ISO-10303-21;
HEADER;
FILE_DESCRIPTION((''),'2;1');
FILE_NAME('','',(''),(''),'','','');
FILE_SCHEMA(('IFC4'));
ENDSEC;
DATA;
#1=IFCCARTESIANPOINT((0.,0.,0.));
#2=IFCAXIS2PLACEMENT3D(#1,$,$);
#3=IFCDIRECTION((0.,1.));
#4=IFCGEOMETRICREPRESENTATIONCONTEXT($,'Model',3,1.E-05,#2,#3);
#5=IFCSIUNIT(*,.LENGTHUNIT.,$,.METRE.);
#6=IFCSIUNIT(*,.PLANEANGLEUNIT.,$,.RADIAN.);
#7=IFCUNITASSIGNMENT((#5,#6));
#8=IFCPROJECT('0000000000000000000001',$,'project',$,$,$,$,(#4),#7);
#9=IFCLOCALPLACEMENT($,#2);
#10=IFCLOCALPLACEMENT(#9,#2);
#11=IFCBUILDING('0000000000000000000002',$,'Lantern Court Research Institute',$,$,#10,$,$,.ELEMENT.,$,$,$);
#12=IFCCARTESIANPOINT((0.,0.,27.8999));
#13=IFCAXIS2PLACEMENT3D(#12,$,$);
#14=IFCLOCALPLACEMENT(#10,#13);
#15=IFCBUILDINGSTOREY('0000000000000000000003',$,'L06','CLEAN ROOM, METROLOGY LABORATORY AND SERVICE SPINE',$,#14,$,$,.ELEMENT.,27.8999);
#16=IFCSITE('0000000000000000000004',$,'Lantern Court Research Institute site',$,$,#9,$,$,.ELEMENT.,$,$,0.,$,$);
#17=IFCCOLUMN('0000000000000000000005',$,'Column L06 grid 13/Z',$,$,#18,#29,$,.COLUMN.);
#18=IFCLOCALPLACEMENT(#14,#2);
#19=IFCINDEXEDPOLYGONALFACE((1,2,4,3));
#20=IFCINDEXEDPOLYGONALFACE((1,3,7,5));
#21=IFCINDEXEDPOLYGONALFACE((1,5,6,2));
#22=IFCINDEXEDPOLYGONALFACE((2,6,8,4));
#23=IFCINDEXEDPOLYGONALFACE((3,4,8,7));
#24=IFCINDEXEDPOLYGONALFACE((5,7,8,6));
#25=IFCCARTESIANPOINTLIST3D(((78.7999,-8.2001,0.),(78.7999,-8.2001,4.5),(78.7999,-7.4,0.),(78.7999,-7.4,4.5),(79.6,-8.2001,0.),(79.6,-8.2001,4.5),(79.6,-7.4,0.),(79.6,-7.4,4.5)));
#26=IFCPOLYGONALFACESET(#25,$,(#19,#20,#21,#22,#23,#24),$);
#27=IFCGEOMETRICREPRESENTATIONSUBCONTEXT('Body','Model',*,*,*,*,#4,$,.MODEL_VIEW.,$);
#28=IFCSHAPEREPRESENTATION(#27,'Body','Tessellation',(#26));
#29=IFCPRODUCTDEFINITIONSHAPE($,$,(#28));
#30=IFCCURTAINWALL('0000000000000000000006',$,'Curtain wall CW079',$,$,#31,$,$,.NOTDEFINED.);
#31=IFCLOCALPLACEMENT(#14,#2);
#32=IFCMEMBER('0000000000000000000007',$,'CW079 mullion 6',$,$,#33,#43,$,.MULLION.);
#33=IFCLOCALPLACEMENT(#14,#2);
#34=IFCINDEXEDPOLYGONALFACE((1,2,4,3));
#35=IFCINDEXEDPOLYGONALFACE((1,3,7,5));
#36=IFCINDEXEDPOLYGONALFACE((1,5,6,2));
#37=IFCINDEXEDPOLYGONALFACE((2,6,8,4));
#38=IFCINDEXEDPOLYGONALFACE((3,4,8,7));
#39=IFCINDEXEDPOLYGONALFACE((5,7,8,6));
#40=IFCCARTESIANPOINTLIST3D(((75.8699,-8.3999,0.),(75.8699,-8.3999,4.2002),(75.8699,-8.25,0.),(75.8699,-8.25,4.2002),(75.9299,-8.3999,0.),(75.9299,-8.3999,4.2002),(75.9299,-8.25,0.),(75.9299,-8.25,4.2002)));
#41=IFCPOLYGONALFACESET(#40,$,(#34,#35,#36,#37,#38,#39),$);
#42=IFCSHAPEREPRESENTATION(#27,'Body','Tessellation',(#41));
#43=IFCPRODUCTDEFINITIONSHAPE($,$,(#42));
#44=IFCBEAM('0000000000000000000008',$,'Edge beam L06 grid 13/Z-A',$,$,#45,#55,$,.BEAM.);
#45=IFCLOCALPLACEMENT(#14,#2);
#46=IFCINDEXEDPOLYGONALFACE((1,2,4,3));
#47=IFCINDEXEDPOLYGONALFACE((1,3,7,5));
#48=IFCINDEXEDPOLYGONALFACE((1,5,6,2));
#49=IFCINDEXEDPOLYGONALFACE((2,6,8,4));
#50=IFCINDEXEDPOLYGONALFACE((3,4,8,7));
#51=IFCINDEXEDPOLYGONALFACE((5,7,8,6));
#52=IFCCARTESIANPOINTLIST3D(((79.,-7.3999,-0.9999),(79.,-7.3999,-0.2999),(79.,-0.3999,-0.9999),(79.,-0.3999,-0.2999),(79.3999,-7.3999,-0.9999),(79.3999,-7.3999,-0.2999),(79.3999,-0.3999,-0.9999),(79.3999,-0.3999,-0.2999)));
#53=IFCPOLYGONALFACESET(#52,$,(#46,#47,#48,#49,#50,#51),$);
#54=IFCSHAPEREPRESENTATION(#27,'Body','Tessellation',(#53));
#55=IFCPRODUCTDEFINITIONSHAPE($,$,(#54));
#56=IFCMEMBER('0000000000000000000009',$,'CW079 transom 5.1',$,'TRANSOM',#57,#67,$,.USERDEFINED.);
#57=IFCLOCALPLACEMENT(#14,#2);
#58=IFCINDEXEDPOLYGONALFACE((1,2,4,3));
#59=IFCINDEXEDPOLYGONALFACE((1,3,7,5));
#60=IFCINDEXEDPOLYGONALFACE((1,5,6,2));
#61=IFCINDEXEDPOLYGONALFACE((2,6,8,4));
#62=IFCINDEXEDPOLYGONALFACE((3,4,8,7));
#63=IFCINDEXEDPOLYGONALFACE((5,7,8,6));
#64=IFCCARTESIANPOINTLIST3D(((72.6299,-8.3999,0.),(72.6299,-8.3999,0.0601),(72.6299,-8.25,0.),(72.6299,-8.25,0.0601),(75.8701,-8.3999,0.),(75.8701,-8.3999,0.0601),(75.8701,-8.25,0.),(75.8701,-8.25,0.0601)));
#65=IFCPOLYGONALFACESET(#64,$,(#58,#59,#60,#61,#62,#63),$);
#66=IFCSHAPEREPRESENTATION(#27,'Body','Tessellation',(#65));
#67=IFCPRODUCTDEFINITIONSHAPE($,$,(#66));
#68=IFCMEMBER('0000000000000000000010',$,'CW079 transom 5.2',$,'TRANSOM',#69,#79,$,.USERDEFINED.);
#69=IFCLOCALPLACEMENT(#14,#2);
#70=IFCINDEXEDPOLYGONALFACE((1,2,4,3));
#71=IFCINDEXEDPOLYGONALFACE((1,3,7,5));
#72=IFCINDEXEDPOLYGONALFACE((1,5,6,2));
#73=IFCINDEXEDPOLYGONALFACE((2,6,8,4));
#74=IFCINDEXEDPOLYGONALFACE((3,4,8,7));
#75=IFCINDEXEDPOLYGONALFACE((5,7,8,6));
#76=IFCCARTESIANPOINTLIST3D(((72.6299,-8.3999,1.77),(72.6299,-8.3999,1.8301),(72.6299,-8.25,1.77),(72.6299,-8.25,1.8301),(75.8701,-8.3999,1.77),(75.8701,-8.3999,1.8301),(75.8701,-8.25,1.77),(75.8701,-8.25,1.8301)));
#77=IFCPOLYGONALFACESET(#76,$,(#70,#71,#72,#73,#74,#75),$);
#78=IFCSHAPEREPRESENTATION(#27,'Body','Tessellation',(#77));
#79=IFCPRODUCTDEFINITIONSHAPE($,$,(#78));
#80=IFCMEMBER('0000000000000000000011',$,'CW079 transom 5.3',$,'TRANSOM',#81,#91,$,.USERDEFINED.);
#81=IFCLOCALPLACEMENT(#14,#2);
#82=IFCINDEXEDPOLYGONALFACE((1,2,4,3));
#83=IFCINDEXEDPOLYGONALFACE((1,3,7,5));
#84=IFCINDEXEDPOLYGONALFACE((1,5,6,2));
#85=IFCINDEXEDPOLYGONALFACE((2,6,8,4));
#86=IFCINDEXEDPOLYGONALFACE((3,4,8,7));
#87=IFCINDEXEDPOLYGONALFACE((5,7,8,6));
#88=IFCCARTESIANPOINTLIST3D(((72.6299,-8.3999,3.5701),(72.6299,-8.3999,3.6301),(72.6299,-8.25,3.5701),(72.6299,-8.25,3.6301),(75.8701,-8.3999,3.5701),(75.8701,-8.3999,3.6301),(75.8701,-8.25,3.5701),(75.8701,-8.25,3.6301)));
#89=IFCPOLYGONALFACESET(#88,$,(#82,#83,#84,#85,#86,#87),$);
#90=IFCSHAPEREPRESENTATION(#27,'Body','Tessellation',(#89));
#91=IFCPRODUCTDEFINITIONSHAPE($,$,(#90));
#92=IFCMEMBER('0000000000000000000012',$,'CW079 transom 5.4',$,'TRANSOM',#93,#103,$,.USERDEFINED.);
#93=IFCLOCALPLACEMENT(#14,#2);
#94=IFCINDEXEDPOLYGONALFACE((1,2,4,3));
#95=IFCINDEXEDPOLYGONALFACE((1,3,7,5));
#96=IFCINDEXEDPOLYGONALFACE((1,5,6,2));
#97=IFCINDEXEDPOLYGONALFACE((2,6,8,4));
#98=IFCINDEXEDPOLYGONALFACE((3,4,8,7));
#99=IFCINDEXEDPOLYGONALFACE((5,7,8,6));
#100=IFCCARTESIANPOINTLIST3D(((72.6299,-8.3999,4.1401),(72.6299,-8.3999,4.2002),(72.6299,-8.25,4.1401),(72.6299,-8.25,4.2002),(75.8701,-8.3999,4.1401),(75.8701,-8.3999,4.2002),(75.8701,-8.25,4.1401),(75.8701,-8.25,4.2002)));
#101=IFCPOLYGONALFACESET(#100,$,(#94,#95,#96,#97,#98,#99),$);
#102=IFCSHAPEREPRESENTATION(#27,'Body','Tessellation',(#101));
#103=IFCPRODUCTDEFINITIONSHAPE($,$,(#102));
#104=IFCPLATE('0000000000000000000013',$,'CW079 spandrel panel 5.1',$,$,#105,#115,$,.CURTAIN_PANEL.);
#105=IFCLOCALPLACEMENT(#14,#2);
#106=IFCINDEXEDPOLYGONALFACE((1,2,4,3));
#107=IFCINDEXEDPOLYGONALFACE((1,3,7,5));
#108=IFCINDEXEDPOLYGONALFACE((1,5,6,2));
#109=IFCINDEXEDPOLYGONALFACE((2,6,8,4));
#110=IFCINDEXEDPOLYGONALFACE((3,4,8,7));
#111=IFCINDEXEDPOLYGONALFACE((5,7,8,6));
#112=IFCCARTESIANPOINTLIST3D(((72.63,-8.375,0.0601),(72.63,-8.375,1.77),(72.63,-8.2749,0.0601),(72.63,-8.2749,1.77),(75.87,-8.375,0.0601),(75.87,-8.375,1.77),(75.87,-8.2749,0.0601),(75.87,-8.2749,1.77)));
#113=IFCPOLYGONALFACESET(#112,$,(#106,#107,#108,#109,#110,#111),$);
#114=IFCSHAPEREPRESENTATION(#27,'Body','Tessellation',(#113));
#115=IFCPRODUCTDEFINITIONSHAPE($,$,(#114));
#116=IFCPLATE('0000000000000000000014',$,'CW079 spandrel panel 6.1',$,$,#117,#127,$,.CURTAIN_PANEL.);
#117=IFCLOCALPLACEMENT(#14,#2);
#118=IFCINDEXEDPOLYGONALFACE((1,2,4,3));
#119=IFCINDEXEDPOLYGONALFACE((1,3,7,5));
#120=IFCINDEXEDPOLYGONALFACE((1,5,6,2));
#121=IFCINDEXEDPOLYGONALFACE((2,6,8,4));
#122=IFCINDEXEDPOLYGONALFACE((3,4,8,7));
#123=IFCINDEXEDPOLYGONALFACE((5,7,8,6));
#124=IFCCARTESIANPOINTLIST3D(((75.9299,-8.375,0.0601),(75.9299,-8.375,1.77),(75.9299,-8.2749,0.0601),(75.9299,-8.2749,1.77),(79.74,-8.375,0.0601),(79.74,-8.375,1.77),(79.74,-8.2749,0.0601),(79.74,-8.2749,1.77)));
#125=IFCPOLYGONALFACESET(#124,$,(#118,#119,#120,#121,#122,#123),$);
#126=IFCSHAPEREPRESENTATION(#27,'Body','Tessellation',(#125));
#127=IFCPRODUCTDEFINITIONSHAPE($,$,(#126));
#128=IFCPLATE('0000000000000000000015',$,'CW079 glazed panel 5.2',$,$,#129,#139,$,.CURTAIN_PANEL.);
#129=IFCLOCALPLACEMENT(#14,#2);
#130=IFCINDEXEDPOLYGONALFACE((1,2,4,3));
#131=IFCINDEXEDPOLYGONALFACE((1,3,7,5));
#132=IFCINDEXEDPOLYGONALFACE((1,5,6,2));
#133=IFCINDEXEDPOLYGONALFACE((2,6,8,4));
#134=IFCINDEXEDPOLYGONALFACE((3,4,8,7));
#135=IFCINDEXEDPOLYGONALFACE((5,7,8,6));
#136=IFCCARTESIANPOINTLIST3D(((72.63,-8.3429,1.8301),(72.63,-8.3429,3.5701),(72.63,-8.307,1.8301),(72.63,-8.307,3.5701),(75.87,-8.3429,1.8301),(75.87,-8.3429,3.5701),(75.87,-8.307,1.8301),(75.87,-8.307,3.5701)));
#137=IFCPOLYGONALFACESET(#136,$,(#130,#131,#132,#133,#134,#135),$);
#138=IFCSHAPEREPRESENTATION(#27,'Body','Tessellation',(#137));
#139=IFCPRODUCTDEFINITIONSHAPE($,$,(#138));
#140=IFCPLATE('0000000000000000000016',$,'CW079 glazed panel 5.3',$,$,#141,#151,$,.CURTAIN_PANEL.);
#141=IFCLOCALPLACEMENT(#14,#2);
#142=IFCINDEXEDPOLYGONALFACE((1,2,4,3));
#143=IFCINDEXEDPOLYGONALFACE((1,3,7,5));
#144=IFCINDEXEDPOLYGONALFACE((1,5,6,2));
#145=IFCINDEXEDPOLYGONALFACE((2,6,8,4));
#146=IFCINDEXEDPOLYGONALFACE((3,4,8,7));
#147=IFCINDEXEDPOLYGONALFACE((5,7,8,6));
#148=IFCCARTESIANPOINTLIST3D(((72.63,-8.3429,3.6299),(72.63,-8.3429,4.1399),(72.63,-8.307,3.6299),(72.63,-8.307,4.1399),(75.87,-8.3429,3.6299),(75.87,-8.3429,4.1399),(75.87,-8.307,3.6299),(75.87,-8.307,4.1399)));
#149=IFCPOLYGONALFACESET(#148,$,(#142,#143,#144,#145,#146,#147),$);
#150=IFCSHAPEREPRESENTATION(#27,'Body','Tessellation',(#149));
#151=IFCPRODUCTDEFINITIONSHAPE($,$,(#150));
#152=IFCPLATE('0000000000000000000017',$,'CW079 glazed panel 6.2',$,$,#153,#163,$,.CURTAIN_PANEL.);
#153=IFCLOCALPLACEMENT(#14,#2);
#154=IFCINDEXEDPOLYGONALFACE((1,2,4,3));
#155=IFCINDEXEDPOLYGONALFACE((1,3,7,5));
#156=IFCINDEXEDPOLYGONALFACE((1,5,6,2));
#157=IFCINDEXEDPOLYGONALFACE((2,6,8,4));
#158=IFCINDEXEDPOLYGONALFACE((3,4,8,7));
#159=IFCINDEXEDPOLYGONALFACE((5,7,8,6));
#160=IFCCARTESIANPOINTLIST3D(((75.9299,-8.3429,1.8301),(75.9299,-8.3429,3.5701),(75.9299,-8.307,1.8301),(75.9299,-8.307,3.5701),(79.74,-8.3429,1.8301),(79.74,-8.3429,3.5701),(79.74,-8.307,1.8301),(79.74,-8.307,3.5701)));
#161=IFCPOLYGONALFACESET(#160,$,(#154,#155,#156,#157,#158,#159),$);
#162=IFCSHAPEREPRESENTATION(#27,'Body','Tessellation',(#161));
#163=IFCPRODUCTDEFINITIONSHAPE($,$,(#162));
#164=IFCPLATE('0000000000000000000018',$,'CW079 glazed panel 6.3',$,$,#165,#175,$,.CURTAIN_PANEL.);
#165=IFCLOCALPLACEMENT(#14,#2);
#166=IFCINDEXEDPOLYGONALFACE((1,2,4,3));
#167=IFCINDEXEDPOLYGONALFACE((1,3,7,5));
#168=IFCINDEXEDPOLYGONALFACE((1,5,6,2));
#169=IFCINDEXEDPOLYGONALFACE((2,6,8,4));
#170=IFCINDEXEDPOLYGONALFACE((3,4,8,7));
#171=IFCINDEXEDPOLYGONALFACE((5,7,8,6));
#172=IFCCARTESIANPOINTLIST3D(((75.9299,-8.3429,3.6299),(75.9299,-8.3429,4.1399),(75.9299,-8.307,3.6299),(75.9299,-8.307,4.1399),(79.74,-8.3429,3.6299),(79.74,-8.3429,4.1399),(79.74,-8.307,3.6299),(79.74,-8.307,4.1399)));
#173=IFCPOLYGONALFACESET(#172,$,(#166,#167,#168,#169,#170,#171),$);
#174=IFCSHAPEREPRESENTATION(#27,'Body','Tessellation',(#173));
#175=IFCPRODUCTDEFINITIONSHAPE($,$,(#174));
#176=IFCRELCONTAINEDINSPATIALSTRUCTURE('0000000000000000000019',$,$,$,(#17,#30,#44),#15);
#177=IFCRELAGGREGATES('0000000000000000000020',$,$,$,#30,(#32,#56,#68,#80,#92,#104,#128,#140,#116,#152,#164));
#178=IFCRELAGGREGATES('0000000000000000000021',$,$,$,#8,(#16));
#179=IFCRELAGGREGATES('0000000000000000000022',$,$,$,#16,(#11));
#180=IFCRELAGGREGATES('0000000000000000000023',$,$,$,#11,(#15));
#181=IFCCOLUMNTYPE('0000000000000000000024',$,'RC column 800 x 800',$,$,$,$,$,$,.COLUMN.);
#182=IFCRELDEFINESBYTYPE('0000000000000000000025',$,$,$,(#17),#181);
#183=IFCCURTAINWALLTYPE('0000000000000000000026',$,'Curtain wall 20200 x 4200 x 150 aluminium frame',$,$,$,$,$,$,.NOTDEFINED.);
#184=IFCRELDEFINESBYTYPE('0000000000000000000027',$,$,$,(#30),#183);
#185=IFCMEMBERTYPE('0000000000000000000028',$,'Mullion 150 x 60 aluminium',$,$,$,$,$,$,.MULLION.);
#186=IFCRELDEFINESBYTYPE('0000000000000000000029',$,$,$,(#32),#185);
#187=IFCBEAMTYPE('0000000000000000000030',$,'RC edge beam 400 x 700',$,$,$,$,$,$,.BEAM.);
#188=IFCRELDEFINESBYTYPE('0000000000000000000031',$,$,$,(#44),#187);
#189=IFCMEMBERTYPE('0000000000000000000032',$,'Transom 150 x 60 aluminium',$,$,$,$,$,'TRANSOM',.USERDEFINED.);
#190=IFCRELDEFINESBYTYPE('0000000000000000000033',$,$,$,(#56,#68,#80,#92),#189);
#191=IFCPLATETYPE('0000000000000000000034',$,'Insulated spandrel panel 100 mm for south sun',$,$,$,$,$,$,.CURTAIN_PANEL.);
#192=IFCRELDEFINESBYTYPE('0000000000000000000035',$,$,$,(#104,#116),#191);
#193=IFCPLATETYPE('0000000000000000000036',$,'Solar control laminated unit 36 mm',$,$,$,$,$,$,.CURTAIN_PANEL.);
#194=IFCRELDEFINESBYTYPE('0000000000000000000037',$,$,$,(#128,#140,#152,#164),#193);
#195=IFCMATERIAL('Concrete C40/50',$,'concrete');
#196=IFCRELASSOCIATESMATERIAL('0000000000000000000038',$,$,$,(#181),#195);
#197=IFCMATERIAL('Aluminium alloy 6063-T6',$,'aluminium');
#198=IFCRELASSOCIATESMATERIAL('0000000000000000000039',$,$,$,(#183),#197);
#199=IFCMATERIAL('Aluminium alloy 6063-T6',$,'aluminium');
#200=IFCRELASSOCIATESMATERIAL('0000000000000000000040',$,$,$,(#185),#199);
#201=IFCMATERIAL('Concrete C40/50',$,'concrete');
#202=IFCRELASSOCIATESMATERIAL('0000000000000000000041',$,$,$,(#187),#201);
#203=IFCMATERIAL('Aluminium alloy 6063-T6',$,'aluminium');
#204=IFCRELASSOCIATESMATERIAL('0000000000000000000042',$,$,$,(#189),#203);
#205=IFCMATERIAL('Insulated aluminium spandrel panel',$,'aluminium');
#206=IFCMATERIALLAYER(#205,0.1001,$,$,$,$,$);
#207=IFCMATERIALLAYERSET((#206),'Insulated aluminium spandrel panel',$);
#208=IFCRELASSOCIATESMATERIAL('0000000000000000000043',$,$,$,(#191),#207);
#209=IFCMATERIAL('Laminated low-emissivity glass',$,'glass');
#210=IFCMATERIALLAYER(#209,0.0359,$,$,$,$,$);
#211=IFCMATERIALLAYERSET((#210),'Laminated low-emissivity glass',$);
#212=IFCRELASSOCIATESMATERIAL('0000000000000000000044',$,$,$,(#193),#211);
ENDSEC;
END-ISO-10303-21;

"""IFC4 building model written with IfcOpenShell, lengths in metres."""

from ifc_helpers import new_model, si_unit, direction, frame, origin, origin_2d, place, context, subcontext, project, spatial, rectangle, extrude, material, layer, layer_set, material_profile, profile_set, type_object, element, aggregate, save


model = new_model("IFC4")

# Units and contexts
model_context = context("Model", 3, precision=1e-05, world=origin(), true_north=direction((0.0, 1.0)))
body_context = subcontext(model_context, "Body", "Model", "MODEL_VIEW")
ifc_project = project(units=[si_unit("LENGTHUNIT", "METRE"), si_unit("PLANEANGLEUNIT", "RADIAN")], contexts=[model_context])

# Site, building, storey
site_placement = place(None, origin())
site = spatial("IfcSite", under=ifc_project, at=site_placement, Name="Lantern Court Research Institute site", CompositionType="ELEMENT", RefElevation=0.0)
building_placement = place(site_placement, origin())
building = spatial("IfcBuilding", under=site, at=building_placement, Name="Lantern Court Research Institute", CompositionType="ELEMENT")
storey_placement = place(building_placement, frame((0.0, 0.0, 27.8999)))
storey = spatial("IfcBuildingStorey", under=building, at=storey_placement, Name="L06", Description="CLEAN ROOM, METROLOGY LABORATORY AND SERVICE SPINE", CompositionType="ELEMENT", Elevation=27.8999)

# Column
ifc_material_1 = material(Name="Concrete C40/50", Category="concrete")
ifc_material_profile_1 = material_profile(ifc_material_1, rectangle(XDim=0.8, YDim=0.8, at=origin_2d()), Name="RC column 800 x 800")
ifc_profile_set_1 = profile_set([ifc_material_profile_1], Name="Concrete C40/50")
column_type = type_object("IfcColumnType", Name="RC column 800 x 800", PredefinedType="COLUMN", material=ifc_profile_set_1)
column_placement = place(storey_placement, frame((79.2, -7.8, 0.0), z_axis=(0.0, 0.0, 1.0), x_axis=(1.0, 0.0, 0.0)))
element("IfcColumn", 1, at=column_placement, inside=storey, type_object=column_type, Name="Column L06 grid 13/Z", PredefinedType="COLUMN", context=body_context, shape_type="SweptSolid", body=[
    extrude(rectangle(XDim=0.8, YDim=0.8, at=origin_2d()), origin(), (0.0, 0.0, 1.0), 4.5),
])

# Curtain wall, member
ifc_material_2 = material(Name="Aluminium alloy 6063-T6", Category="aluminium")
curtain_wall_type = type_object("IfcCurtainWallType", Name="Curtain wall 20200 x 4200 x 150 aluminium frame", PredefinedType="NOTDEFINED", material=ifc_material_2)
curtain_wall_placement = place(storey_placement, origin())
curtain_wall = element("IfcCurtainWall", 2, at=curtain_wall_placement, inside=storey, type_object=curtain_wall_type, Name="Curtain wall CW079", PredefinedType="NOTDEFINED")
ifc_material_3 = material(Name="Aluminium alloy 6063-T6", Category="aluminium")
ifc_material_profile_2 = material_profile(ifc_material_3, rectangle(XDim=0.1499, YDim=0.0601, at=origin_2d()), Name="Mullion 150 x 60")
ifc_profile_set_2 = profile_set([ifc_material_profile_2], Name="Aluminium alloy 6063-T6")
member_type_1 = type_object("IfcMemberType", Name="Mullion 150 x 60 aluminium", PredefinedType="MULLION", material=ifc_profile_set_2)
member_1_placement = place(storey_placement, frame((75.8999, -8.325, 0.0), z_axis=(0.0, 0.0, 1.0), x_axis=(0.0, -1.0, 0.0)))
member_1 = element("IfcMember", 3, at=member_1_placement, type_object=member_type_1, Name="CW079 mullion 6", PredefinedType="MULLION", context=body_context, shape_type="SweptSolid", body=[
    extrude(rectangle(XDim=0.1499, YDim=0.0601, at=origin_2d()), origin(), (0.0, 0.0, 1.0), 4.2002),
])

# Beam
ifc_material_4 = material(Name="Concrete C40/50", Category="concrete")
ifc_material_profile_3 = material_profile(ifc_material_4, rectangle(XDim=0.3999, YDim=0.7, at=origin_2d()), Name="RC beam 400 x 700")
ifc_profile_set_3 = profile_set([ifc_material_profile_3], Name="Concrete C40/50")
beam_type = type_object("IfcBeamType", Name="RC edge beam 400 x 700", PredefinedType="BEAM", material=ifc_profile_set_3)
beam_placement = place(storey_placement, frame((79.2, -7.3999, -0.6499), z_axis=(0.0, 1.0, 0.0), x_axis=(-1.0, 0.0, 0.0)))
element("IfcBeam", 4, at=beam_placement, inside=storey, type_object=beam_type, Name="Edge beam L06 grid 13/Z-A", PredefinedType="BEAM", context=body_context, shape_type="SweptSolid", body=[
    extrude(rectangle(XDim=0.3999, YDim=0.7, at=origin_2d()), origin(), (0.0, 0.0, 1.0), 7.0),
])

# Members
ifc_material_5 = material(Name="Aluminium alloy 6063-T6", Category="aluminium")
ifc_material_profile_4 = material_profile(ifc_material_5, rectangle(XDim=0.1499, YDim=0.0601, at=origin_2d()), Name="Transom 150 x 60")
ifc_profile_set_4 = profile_set([ifc_material_profile_4], Name="Aluminium alloy 6063-T6")
member_type_2 = type_object("IfcMemberType", Name="Transom 150 x 60 aluminium", ElementType="TRANSOM", PredefinedType="USERDEFINED", material=ifc_profile_set_4)
member_2_placement = place(storey_placement, frame((75.8701, -8.325, 0.03), z_axis=(-1.0, 0.0, 0.0), x_axis=(0.0, -1.0, 0.0)))
member_2 = element("IfcMember", 5, at=member_2_placement, type_object=member_type_2, Name="CW079 transom 5.1", ObjectType="TRANSOM", PredefinedType="USERDEFINED", context=body_context, shape_type="SweptSolid", body=[
    extrude(rectangle(XDim=0.1499, YDim=0.0601, at=origin_2d()), origin(), (0.0, 0.0, 1.0), 3.2402),
])
member_3_placement = place(storey_placement, frame((75.8701, -8.325, 1.8), z_axis=(-1.0, 0.0, 0.0), x_axis=(0.0, -1.0, 0.0)))
member_3 = element("IfcMember", 6, at=member_3_placement, type_object=member_type_2, Name="CW079 transom 5.2", ObjectType="TRANSOM", PredefinedType="USERDEFINED", context=body_context, shape_type="SweptSolid", body=[
    extrude(rectangle(XDim=0.1499, YDim=0.0601, at=origin_2d()), origin(), (0.0, 0.0, 1.0), 3.2402),
])
member_4_placement = place(storey_placement, frame((75.8701, -8.325, 3.6001), z_axis=(-1.0, 0.0, 0.0), x_axis=(0.0, -1.0, 0.0)))
member_4 = element("IfcMember", 7, at=member_4_placement, type_object=member_type_2, Name="CW079 transom 5.3", ObjectType="TRANSOM", PredefinedType="USERDEFINED", context=body_context, shape_type="SweptSolid", body=[
    extrude(rectangle(XDim=0.1499, YDim=0.0601, at=origin_2d()), origin(), (0.0, 0.0, 1.0), 3.2402),
])
member_5_placement = place(storey_placement, frame((75.8701, -8.325, 4.1702), z_axis=(-1.0, 0.0, 0.0), x_axis=(0.0, -1.0, 0.0)))
member_5 = element("IfcMember", 8, at=member_5_placement, type_object=member_type_2, Name="CW079 transom 5.4", ObjectType="TRANSOM", PredefinedType="USERDEFINED", context=body_context, shape_type="SweptSolid", body=[
    extrude(rectangle(XDim=0.1499, YDim=0.0601, at=origin_2d()), origin(), (0.0, 0.0, 1.0), 3.2402),
])

# Plates
ifc_material_6 = material(Name="Insulated aluminium spandrel panel", Category="aluminium")
ifc_layer_1 = layer(ifc_material_6, 0.1001)
ifc_layer_set_1 = layer_set([ifc_layer_1], Name="Insulated aluminium spandrel panel")
plate_type_1 = type_object("IfcPlateType", Name="Insulated spandrel panel 100 mm for south sun", PredefinedType="CURTAIN_PANEL", material=ifc_layer_set_1)
plate_1_placement = place(storey_placement, frame((74.25, -8.325, 0.0601), z_axis=(0.0, 0.0, 1.0), x_axis=(-1.0, 0.0, 0.0)))
plate_1 = element("IfcPlate", 9, at=plate_1_placement, type_object=plate_type_1, Name="CW079 spandrel panel 5.1", PredefinedType="CURTAIN_PANEL", context=body_context, shape_type="SweptSolid", body=[
    extrude(rectangle(XDim=3.24, YDim=0.1001, at=origin_2d()), origin(), (0.0, 0.0, 1.0), 1.71),
])
plate_2_placement = place(storey_placement, frame((77.835, -8.325, 0.0601), z_axis=(0.0, 0.0, 1.0), x_axis=(-1.0, 0.0, 0.0)))
plate_2 = element("IfcPlate", 10, at=plate_2_placement, type_object=plate_type_1, Name="CW079 spandrel panel 6.1", PredefinedType="CURTAIN_PANEL", context=body_context, shape_type="SweptSolid", body=[
    extrude(rectangle(XDim=3.8101, YDim=0.1001, at=origin_2d()), origin(), (0.0, 0.0, 1.0), 1.71),
])
ifc_material_7 = material(Name="Laminated low-emissivity glass", Category="glass")
ifc_layer_2 = layer(ifc_material_7, 0.0359)
ifc_layer_set_2 = layer_set([ifc_layer_2], Name="Laminated low-emissivity glass")
plate_type_2 = type_object("IfcPlateType", Name="Solar control laminated unit 36 mm", PredefinedType="CURTAIN_PANEL", material=ifc_layer_set_2)
plate_3_placement = place(storey_placement, frame((74.25, -8.325, 1.8301), z_axis=(0.0, 0.0, 1.0), x_axis=(-1.0, 0.0, 0.0)))
plate_3 = element("IfcPlate", 11, at=plate_3_placement, type_object=plate_type_2, Name="CW079 glazed panel 5.2", PredefinedType="CURTAIN_PANEL", context=body_context, shape_type="SweptSolid", body=[
    extrude(rectangle(XDim=3.24, YDim=0.0359, at=origin_2d()), origin(), (0.0, 0.0, 1.0), 1.74),
])
plate_4_placement = place(storey_placement, frame((74.25, -8.325, 3.6299), z_axis=(0.0, 0.0, 1.0), x_axis=(-1.0, 0.0, 0.0)))
plate_4 = element("IfcPlate", 12, at=plate_4_placement, type_object=plate_type_2, Name="CW079 glazed panel 5.3", PredefinedType="CURTAIN_PANEL", context=body_context, shape_type="SweptSolid", body=[
    extrude(rectangle(XDim=3.24, YDim=0.0359, at=origin_2d()), origin(), (0.0, 0.0, 1.0), 0.51),
])
plate_5_placement = place(storey_placement, frame((77.835, -8.325, 1.8301), z_axis=(0.0, 0.0, 1.0), x_axis=(-1.0, 0.0, 0.0)))
plate_5 = element("IfcPlate", 13, at=plate_5_placement, type_object=plate_type_2, Name="CW079 glazed panel 6.2", PredefinedType="CURTAIN_PANEL", context=body_context, shape_type="SweptSolid", body=[
    extrude(rectangle(XDim=3.8101, YDim=0.0359, at=origin_2d()), origin(), (0.0, 0.0, 1.0), 1.74),
])
plate_6_placement = place(storey_placement, frame((77.835, -8.325, 3.6299), z_axis=(0.0, 0.0, 1.0), x_axis=(-1.0, 0.0, 0.0)))
plate_6 = element("IfcPlate", 14, at=plate_6_placement, type_object=plate_type_2, Name="CW079 glazed panel 6.3", PredefinedType="CURTAIN_PANEL", context=body_context, shape_type="SweptSolid", body=[
    extrude(rectangle(XDim=3.8101, YDim=0.0359, at=origin_2d()), origin(), (0.0, 0.0, 1.0), 0.51),
])
aggregate(curtain_wall, [member_1, member_2, member_3, member_4, member_5, plate_1, plate_3, plate_4, plate_2, plate_5, plate_6])

save(model, "model.ifc")
